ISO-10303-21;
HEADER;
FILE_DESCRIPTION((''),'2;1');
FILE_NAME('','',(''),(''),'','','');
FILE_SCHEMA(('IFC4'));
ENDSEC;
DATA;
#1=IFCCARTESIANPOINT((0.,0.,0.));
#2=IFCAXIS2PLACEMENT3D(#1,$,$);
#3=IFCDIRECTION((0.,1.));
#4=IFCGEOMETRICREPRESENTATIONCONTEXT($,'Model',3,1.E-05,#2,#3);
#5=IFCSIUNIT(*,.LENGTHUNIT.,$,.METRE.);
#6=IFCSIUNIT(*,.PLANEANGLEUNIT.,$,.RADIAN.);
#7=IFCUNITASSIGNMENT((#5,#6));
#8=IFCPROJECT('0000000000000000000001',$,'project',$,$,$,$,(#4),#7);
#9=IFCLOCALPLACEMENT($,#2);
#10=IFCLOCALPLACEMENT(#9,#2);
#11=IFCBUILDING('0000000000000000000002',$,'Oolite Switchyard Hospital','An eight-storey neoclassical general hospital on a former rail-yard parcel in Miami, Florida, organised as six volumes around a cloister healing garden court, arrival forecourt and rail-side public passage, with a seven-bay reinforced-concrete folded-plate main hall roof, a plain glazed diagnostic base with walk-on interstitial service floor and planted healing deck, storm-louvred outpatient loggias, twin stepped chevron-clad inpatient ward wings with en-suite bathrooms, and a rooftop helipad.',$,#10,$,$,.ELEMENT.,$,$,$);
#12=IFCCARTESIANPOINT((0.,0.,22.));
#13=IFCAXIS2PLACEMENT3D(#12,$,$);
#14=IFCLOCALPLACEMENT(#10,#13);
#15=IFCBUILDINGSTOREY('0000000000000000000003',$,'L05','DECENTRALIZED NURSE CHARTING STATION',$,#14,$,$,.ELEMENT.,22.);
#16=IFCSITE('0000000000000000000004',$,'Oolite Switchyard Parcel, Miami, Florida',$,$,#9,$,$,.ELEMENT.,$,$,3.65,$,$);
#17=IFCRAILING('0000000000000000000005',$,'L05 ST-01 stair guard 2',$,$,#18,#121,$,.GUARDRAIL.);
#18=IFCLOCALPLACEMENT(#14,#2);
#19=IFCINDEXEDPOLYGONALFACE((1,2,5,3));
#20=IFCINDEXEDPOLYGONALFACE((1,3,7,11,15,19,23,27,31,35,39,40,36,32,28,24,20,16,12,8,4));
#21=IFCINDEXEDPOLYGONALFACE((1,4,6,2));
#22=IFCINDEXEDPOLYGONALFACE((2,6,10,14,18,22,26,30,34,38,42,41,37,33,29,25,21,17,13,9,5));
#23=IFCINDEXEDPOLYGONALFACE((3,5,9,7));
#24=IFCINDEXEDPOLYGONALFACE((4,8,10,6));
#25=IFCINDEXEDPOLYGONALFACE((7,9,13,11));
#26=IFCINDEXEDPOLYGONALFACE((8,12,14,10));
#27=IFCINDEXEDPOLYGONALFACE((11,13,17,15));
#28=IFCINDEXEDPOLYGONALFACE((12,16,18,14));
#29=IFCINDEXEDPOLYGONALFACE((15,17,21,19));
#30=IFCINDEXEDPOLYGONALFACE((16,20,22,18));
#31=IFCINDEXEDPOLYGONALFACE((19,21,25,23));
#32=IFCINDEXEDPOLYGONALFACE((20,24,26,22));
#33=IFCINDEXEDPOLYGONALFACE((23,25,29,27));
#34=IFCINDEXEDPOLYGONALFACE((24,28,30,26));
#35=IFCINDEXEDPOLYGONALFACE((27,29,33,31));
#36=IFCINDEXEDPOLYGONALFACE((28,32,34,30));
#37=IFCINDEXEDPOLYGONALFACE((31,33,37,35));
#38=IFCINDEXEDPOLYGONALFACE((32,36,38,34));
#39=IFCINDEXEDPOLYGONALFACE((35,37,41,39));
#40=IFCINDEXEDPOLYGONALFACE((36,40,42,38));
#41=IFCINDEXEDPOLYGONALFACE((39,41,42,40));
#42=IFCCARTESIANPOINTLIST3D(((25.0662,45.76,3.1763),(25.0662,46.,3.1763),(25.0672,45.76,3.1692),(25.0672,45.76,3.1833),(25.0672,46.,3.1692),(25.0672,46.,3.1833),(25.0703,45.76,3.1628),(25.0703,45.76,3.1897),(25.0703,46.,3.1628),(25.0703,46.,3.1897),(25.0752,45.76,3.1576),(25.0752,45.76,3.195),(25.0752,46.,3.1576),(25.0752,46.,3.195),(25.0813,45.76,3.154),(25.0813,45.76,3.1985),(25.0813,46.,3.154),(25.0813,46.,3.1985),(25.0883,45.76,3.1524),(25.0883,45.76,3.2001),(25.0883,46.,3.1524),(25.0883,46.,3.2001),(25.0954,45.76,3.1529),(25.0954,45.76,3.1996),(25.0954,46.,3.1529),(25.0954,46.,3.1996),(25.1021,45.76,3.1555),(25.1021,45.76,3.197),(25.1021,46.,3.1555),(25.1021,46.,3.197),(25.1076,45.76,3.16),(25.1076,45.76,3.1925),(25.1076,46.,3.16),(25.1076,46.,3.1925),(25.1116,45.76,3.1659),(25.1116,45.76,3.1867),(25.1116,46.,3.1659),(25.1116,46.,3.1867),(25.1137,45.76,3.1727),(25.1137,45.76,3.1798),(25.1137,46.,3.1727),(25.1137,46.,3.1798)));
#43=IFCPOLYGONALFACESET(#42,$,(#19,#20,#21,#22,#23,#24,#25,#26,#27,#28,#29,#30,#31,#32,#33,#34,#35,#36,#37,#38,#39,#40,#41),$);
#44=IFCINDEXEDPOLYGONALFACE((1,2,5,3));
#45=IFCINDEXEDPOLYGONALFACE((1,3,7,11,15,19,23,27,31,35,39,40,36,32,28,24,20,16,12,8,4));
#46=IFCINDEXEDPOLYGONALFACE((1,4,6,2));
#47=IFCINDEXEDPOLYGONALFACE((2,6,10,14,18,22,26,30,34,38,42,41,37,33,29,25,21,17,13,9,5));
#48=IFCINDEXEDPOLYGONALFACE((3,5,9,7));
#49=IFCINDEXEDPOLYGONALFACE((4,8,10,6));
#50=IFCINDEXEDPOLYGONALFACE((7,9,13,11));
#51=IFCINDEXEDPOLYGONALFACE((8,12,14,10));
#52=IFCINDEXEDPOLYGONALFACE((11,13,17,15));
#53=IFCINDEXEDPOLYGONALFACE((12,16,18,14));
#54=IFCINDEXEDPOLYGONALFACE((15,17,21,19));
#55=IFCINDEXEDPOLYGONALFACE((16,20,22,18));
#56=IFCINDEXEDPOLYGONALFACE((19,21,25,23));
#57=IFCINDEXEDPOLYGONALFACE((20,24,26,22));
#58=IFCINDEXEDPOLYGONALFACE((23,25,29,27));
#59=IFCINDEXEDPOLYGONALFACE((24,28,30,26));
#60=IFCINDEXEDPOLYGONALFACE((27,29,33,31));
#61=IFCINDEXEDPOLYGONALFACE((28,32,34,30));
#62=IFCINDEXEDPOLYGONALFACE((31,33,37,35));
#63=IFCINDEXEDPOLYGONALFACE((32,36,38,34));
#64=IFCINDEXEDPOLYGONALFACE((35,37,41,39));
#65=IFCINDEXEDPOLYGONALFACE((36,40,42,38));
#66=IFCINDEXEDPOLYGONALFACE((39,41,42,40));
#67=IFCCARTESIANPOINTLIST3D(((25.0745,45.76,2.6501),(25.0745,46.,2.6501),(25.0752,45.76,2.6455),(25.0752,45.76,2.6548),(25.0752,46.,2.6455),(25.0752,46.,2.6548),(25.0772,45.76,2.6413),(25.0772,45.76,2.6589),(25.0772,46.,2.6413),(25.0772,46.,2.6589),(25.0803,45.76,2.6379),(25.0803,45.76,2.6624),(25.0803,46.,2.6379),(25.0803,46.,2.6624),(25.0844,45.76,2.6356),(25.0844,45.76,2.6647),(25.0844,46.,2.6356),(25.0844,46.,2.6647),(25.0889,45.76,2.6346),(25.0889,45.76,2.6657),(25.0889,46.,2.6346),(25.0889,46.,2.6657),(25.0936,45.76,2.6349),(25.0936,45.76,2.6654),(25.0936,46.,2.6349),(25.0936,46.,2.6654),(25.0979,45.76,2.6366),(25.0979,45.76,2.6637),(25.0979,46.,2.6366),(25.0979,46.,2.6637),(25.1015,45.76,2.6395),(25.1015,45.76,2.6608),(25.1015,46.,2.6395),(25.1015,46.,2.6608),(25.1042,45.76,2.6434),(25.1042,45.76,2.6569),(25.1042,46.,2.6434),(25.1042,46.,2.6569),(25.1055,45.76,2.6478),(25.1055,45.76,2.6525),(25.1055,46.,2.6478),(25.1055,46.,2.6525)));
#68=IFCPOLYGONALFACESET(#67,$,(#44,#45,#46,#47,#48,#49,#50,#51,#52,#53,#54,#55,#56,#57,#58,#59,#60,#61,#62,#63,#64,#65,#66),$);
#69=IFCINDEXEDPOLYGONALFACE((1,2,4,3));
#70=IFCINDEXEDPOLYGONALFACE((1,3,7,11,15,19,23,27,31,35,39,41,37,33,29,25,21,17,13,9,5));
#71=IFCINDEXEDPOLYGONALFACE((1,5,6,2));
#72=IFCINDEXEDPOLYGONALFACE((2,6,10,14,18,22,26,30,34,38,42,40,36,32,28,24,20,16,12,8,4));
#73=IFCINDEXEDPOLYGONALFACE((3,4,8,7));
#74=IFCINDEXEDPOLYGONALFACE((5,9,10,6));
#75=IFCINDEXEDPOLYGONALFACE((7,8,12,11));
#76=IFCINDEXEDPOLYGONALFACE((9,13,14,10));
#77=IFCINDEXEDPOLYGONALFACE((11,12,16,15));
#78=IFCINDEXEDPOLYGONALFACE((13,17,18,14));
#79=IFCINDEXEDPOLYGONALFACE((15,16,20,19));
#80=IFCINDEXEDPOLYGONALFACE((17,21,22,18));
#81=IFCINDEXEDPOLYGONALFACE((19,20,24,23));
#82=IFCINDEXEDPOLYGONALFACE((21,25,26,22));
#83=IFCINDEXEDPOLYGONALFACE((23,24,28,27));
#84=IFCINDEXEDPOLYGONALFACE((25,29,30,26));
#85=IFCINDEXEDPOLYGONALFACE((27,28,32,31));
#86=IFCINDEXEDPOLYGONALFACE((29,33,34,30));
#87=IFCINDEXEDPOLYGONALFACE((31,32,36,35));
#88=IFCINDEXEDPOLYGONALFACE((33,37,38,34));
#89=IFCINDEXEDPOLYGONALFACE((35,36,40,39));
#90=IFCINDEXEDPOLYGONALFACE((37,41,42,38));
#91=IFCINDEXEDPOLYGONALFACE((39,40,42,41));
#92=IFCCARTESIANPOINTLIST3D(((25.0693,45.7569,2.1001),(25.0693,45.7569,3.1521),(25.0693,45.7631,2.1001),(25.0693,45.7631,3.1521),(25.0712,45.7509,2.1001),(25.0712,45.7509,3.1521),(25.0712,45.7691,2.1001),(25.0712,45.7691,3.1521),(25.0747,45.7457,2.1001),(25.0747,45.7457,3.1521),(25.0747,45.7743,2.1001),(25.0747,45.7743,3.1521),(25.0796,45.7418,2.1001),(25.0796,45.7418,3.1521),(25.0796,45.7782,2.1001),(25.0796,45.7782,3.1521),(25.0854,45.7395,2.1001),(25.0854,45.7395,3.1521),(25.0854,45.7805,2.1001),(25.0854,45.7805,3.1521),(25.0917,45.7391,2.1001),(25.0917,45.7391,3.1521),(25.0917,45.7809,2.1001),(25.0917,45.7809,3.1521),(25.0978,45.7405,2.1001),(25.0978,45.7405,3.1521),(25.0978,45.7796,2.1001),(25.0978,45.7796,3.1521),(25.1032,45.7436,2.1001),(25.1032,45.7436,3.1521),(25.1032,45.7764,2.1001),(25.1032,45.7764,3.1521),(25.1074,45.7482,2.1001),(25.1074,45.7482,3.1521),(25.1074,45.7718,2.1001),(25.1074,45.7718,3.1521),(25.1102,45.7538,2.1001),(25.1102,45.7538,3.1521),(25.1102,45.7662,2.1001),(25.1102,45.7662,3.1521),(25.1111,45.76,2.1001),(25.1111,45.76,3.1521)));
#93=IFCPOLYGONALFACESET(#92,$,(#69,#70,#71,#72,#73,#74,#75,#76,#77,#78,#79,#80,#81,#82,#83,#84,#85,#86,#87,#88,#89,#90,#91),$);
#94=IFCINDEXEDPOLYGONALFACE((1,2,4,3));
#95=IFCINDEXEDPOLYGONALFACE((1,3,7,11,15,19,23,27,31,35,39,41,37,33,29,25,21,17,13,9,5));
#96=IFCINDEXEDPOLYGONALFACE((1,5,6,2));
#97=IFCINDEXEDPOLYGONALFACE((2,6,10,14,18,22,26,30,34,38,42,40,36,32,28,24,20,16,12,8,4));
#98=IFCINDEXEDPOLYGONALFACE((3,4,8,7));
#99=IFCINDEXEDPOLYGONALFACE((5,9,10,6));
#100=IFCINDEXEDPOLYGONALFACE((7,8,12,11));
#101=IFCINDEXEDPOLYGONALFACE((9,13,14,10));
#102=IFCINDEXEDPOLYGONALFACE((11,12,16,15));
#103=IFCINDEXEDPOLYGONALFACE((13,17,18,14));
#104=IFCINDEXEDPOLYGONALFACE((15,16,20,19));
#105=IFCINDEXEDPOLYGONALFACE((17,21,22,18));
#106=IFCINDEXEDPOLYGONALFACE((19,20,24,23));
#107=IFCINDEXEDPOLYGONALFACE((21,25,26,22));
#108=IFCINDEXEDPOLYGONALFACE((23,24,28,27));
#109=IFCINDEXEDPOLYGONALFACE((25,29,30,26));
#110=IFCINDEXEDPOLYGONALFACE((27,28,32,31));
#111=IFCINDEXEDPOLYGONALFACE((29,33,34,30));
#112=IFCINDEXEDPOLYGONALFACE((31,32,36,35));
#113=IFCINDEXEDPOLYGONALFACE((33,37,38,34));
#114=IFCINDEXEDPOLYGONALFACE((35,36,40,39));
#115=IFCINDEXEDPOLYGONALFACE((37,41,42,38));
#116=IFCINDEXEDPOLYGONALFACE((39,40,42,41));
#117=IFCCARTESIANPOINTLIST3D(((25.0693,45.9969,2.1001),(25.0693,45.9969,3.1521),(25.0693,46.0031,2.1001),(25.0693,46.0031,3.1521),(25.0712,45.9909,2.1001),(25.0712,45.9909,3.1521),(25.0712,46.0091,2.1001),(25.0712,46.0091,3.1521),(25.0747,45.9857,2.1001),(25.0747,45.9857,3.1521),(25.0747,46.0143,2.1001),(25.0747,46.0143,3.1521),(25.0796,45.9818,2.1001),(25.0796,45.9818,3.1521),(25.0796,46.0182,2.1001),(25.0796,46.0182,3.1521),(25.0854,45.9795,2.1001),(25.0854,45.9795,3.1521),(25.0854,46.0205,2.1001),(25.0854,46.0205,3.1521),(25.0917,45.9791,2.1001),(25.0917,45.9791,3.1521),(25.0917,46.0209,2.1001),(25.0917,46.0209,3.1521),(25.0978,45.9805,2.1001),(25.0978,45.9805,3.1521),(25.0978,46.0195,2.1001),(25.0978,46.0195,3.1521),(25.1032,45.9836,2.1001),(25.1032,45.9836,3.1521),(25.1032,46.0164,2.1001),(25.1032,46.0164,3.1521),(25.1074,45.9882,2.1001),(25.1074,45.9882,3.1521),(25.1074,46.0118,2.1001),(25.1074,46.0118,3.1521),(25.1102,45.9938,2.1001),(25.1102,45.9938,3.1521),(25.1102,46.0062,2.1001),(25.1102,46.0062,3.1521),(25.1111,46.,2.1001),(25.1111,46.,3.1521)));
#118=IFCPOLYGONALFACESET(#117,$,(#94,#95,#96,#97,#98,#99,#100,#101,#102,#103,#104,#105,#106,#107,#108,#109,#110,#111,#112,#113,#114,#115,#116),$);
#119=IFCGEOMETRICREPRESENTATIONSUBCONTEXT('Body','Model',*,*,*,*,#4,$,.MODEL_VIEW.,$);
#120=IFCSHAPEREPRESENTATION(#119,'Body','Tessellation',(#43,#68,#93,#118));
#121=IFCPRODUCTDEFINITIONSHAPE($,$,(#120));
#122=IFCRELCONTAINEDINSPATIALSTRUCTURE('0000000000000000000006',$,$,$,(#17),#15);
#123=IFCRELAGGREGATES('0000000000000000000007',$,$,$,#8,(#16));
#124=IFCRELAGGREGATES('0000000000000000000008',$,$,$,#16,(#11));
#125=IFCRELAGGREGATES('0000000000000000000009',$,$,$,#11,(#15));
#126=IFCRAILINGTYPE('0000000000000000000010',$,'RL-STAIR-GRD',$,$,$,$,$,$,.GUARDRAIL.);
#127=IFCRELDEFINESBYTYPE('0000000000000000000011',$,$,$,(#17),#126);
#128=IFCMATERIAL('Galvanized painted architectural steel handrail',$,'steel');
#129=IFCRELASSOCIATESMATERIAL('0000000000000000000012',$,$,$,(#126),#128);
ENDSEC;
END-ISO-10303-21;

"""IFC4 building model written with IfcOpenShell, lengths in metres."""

from ifc_helpers import new_model, si_unit, direction, frame, origin, origin_2d, place, context, subcontext, project, spatial, circle, extrude, material, type_object, element, save


model = new_model("IFC4")

# Units and contexts
model_context = context("Model", 3, precision=1e-05, world=origin(), true_north=direction((0.0, 1.0)))
body_context = subcontext(model_context, "Body", "Model", "MODEL_VIEW")
ifc_project = project(units=[si_unit("LENGTHUNIT", "METRE"), si_unit("PLANEANGLEUNIT", "RADIAN")], contexts=[model_context])

# Site, building, storey
site_placement = place(None, origin())
site = spatial("IfcSite", under=ifc_project, at=site_placement, Name="Oolite Switchyard Parcel, Miami, Florida", CompositionType="ELEMENT", RefElevation=3.65)
building_placement = place(site_placement, origin())
building = spatial("IfcBuilding", under=site, at=building_placement, Name="Oolite Switchyard Hospital", Description="An eight-storey neoclassical general hospital on a former rail-yard parcel in Miami, Florida, organised as six volumes around a cloister healing garden court, arrival forecourt and rail-side public passage, with a seven-bay reinforced-concrete folded-plate main hall roof, a plain glazed diagnostic base with walk-on interstitial service floor and planted healing deck, storm-louvred outpatient loggias, twin stepped chevron-clad inpatient ward wings with en-suite bathrooms, and a rooftop helipad.", CompositionType="ELEMENT")
storey_placement = place(building_placement, frame((0.0, 0.0, 22.0)))
storey = spatial("IfcBuildingStorey", under=building, at=storey_placement, Name="L05", Description="DECENTRALIZED NURSE CHARTING STATION", CompositionType="ELEMENT", Elevation=22.0)

# Railing
ifc_material_1 = material(Name="Galvanized painted architectural steel handrail", Category="steel")
railing_type_1 = type_object("IfcRailingType", Name="RL-STAIR-GRD", PredefinedType="GUARDRAIL", material=ifc_material_1)
railing_1_placement = place(storey_placement, frame((25.0901, 45.76, 2.1001)))
element("IfcRailing", 1, at=railing_1_placement, inside=storey, type_object=railing_type_1, Name="L05 ST-01 stair guard 2", PredefinedType="GUARDRAIL", context=body_context, shape_type="SweptSolid", body=[
    extrude(circle(Radius=0.0239, at=origin_2d()), frame((0.0, 0.0, 1.0762), z_axis=(0.0, 1.0, 0.0), x_axis=(-1.0, 0.0, 0.0)), (0.0, 0.0, 1.0), 0.24),
    extrude(circle(Radius=0.0156, at=origin_2d()), frame((0.0, 0.0, 0.55), z_axis=(0.0, 1.0, 0.0), x_axis=(-1.0, 0.0, 0.0)), (0.0, 0.0, 1.0), 0.24),
    extrude(circle(Radius=0.021, at=origin_2d()), origin(), (0.0, 0.0, 1.0), 1.052),
    extrude(circle(Radius=0.021, at=origin_2d()), frame((0.0, 0.24, 0.0)), (0.0, 0.0, 1.0), 1.052),
])

save(model, "model.ifc")
